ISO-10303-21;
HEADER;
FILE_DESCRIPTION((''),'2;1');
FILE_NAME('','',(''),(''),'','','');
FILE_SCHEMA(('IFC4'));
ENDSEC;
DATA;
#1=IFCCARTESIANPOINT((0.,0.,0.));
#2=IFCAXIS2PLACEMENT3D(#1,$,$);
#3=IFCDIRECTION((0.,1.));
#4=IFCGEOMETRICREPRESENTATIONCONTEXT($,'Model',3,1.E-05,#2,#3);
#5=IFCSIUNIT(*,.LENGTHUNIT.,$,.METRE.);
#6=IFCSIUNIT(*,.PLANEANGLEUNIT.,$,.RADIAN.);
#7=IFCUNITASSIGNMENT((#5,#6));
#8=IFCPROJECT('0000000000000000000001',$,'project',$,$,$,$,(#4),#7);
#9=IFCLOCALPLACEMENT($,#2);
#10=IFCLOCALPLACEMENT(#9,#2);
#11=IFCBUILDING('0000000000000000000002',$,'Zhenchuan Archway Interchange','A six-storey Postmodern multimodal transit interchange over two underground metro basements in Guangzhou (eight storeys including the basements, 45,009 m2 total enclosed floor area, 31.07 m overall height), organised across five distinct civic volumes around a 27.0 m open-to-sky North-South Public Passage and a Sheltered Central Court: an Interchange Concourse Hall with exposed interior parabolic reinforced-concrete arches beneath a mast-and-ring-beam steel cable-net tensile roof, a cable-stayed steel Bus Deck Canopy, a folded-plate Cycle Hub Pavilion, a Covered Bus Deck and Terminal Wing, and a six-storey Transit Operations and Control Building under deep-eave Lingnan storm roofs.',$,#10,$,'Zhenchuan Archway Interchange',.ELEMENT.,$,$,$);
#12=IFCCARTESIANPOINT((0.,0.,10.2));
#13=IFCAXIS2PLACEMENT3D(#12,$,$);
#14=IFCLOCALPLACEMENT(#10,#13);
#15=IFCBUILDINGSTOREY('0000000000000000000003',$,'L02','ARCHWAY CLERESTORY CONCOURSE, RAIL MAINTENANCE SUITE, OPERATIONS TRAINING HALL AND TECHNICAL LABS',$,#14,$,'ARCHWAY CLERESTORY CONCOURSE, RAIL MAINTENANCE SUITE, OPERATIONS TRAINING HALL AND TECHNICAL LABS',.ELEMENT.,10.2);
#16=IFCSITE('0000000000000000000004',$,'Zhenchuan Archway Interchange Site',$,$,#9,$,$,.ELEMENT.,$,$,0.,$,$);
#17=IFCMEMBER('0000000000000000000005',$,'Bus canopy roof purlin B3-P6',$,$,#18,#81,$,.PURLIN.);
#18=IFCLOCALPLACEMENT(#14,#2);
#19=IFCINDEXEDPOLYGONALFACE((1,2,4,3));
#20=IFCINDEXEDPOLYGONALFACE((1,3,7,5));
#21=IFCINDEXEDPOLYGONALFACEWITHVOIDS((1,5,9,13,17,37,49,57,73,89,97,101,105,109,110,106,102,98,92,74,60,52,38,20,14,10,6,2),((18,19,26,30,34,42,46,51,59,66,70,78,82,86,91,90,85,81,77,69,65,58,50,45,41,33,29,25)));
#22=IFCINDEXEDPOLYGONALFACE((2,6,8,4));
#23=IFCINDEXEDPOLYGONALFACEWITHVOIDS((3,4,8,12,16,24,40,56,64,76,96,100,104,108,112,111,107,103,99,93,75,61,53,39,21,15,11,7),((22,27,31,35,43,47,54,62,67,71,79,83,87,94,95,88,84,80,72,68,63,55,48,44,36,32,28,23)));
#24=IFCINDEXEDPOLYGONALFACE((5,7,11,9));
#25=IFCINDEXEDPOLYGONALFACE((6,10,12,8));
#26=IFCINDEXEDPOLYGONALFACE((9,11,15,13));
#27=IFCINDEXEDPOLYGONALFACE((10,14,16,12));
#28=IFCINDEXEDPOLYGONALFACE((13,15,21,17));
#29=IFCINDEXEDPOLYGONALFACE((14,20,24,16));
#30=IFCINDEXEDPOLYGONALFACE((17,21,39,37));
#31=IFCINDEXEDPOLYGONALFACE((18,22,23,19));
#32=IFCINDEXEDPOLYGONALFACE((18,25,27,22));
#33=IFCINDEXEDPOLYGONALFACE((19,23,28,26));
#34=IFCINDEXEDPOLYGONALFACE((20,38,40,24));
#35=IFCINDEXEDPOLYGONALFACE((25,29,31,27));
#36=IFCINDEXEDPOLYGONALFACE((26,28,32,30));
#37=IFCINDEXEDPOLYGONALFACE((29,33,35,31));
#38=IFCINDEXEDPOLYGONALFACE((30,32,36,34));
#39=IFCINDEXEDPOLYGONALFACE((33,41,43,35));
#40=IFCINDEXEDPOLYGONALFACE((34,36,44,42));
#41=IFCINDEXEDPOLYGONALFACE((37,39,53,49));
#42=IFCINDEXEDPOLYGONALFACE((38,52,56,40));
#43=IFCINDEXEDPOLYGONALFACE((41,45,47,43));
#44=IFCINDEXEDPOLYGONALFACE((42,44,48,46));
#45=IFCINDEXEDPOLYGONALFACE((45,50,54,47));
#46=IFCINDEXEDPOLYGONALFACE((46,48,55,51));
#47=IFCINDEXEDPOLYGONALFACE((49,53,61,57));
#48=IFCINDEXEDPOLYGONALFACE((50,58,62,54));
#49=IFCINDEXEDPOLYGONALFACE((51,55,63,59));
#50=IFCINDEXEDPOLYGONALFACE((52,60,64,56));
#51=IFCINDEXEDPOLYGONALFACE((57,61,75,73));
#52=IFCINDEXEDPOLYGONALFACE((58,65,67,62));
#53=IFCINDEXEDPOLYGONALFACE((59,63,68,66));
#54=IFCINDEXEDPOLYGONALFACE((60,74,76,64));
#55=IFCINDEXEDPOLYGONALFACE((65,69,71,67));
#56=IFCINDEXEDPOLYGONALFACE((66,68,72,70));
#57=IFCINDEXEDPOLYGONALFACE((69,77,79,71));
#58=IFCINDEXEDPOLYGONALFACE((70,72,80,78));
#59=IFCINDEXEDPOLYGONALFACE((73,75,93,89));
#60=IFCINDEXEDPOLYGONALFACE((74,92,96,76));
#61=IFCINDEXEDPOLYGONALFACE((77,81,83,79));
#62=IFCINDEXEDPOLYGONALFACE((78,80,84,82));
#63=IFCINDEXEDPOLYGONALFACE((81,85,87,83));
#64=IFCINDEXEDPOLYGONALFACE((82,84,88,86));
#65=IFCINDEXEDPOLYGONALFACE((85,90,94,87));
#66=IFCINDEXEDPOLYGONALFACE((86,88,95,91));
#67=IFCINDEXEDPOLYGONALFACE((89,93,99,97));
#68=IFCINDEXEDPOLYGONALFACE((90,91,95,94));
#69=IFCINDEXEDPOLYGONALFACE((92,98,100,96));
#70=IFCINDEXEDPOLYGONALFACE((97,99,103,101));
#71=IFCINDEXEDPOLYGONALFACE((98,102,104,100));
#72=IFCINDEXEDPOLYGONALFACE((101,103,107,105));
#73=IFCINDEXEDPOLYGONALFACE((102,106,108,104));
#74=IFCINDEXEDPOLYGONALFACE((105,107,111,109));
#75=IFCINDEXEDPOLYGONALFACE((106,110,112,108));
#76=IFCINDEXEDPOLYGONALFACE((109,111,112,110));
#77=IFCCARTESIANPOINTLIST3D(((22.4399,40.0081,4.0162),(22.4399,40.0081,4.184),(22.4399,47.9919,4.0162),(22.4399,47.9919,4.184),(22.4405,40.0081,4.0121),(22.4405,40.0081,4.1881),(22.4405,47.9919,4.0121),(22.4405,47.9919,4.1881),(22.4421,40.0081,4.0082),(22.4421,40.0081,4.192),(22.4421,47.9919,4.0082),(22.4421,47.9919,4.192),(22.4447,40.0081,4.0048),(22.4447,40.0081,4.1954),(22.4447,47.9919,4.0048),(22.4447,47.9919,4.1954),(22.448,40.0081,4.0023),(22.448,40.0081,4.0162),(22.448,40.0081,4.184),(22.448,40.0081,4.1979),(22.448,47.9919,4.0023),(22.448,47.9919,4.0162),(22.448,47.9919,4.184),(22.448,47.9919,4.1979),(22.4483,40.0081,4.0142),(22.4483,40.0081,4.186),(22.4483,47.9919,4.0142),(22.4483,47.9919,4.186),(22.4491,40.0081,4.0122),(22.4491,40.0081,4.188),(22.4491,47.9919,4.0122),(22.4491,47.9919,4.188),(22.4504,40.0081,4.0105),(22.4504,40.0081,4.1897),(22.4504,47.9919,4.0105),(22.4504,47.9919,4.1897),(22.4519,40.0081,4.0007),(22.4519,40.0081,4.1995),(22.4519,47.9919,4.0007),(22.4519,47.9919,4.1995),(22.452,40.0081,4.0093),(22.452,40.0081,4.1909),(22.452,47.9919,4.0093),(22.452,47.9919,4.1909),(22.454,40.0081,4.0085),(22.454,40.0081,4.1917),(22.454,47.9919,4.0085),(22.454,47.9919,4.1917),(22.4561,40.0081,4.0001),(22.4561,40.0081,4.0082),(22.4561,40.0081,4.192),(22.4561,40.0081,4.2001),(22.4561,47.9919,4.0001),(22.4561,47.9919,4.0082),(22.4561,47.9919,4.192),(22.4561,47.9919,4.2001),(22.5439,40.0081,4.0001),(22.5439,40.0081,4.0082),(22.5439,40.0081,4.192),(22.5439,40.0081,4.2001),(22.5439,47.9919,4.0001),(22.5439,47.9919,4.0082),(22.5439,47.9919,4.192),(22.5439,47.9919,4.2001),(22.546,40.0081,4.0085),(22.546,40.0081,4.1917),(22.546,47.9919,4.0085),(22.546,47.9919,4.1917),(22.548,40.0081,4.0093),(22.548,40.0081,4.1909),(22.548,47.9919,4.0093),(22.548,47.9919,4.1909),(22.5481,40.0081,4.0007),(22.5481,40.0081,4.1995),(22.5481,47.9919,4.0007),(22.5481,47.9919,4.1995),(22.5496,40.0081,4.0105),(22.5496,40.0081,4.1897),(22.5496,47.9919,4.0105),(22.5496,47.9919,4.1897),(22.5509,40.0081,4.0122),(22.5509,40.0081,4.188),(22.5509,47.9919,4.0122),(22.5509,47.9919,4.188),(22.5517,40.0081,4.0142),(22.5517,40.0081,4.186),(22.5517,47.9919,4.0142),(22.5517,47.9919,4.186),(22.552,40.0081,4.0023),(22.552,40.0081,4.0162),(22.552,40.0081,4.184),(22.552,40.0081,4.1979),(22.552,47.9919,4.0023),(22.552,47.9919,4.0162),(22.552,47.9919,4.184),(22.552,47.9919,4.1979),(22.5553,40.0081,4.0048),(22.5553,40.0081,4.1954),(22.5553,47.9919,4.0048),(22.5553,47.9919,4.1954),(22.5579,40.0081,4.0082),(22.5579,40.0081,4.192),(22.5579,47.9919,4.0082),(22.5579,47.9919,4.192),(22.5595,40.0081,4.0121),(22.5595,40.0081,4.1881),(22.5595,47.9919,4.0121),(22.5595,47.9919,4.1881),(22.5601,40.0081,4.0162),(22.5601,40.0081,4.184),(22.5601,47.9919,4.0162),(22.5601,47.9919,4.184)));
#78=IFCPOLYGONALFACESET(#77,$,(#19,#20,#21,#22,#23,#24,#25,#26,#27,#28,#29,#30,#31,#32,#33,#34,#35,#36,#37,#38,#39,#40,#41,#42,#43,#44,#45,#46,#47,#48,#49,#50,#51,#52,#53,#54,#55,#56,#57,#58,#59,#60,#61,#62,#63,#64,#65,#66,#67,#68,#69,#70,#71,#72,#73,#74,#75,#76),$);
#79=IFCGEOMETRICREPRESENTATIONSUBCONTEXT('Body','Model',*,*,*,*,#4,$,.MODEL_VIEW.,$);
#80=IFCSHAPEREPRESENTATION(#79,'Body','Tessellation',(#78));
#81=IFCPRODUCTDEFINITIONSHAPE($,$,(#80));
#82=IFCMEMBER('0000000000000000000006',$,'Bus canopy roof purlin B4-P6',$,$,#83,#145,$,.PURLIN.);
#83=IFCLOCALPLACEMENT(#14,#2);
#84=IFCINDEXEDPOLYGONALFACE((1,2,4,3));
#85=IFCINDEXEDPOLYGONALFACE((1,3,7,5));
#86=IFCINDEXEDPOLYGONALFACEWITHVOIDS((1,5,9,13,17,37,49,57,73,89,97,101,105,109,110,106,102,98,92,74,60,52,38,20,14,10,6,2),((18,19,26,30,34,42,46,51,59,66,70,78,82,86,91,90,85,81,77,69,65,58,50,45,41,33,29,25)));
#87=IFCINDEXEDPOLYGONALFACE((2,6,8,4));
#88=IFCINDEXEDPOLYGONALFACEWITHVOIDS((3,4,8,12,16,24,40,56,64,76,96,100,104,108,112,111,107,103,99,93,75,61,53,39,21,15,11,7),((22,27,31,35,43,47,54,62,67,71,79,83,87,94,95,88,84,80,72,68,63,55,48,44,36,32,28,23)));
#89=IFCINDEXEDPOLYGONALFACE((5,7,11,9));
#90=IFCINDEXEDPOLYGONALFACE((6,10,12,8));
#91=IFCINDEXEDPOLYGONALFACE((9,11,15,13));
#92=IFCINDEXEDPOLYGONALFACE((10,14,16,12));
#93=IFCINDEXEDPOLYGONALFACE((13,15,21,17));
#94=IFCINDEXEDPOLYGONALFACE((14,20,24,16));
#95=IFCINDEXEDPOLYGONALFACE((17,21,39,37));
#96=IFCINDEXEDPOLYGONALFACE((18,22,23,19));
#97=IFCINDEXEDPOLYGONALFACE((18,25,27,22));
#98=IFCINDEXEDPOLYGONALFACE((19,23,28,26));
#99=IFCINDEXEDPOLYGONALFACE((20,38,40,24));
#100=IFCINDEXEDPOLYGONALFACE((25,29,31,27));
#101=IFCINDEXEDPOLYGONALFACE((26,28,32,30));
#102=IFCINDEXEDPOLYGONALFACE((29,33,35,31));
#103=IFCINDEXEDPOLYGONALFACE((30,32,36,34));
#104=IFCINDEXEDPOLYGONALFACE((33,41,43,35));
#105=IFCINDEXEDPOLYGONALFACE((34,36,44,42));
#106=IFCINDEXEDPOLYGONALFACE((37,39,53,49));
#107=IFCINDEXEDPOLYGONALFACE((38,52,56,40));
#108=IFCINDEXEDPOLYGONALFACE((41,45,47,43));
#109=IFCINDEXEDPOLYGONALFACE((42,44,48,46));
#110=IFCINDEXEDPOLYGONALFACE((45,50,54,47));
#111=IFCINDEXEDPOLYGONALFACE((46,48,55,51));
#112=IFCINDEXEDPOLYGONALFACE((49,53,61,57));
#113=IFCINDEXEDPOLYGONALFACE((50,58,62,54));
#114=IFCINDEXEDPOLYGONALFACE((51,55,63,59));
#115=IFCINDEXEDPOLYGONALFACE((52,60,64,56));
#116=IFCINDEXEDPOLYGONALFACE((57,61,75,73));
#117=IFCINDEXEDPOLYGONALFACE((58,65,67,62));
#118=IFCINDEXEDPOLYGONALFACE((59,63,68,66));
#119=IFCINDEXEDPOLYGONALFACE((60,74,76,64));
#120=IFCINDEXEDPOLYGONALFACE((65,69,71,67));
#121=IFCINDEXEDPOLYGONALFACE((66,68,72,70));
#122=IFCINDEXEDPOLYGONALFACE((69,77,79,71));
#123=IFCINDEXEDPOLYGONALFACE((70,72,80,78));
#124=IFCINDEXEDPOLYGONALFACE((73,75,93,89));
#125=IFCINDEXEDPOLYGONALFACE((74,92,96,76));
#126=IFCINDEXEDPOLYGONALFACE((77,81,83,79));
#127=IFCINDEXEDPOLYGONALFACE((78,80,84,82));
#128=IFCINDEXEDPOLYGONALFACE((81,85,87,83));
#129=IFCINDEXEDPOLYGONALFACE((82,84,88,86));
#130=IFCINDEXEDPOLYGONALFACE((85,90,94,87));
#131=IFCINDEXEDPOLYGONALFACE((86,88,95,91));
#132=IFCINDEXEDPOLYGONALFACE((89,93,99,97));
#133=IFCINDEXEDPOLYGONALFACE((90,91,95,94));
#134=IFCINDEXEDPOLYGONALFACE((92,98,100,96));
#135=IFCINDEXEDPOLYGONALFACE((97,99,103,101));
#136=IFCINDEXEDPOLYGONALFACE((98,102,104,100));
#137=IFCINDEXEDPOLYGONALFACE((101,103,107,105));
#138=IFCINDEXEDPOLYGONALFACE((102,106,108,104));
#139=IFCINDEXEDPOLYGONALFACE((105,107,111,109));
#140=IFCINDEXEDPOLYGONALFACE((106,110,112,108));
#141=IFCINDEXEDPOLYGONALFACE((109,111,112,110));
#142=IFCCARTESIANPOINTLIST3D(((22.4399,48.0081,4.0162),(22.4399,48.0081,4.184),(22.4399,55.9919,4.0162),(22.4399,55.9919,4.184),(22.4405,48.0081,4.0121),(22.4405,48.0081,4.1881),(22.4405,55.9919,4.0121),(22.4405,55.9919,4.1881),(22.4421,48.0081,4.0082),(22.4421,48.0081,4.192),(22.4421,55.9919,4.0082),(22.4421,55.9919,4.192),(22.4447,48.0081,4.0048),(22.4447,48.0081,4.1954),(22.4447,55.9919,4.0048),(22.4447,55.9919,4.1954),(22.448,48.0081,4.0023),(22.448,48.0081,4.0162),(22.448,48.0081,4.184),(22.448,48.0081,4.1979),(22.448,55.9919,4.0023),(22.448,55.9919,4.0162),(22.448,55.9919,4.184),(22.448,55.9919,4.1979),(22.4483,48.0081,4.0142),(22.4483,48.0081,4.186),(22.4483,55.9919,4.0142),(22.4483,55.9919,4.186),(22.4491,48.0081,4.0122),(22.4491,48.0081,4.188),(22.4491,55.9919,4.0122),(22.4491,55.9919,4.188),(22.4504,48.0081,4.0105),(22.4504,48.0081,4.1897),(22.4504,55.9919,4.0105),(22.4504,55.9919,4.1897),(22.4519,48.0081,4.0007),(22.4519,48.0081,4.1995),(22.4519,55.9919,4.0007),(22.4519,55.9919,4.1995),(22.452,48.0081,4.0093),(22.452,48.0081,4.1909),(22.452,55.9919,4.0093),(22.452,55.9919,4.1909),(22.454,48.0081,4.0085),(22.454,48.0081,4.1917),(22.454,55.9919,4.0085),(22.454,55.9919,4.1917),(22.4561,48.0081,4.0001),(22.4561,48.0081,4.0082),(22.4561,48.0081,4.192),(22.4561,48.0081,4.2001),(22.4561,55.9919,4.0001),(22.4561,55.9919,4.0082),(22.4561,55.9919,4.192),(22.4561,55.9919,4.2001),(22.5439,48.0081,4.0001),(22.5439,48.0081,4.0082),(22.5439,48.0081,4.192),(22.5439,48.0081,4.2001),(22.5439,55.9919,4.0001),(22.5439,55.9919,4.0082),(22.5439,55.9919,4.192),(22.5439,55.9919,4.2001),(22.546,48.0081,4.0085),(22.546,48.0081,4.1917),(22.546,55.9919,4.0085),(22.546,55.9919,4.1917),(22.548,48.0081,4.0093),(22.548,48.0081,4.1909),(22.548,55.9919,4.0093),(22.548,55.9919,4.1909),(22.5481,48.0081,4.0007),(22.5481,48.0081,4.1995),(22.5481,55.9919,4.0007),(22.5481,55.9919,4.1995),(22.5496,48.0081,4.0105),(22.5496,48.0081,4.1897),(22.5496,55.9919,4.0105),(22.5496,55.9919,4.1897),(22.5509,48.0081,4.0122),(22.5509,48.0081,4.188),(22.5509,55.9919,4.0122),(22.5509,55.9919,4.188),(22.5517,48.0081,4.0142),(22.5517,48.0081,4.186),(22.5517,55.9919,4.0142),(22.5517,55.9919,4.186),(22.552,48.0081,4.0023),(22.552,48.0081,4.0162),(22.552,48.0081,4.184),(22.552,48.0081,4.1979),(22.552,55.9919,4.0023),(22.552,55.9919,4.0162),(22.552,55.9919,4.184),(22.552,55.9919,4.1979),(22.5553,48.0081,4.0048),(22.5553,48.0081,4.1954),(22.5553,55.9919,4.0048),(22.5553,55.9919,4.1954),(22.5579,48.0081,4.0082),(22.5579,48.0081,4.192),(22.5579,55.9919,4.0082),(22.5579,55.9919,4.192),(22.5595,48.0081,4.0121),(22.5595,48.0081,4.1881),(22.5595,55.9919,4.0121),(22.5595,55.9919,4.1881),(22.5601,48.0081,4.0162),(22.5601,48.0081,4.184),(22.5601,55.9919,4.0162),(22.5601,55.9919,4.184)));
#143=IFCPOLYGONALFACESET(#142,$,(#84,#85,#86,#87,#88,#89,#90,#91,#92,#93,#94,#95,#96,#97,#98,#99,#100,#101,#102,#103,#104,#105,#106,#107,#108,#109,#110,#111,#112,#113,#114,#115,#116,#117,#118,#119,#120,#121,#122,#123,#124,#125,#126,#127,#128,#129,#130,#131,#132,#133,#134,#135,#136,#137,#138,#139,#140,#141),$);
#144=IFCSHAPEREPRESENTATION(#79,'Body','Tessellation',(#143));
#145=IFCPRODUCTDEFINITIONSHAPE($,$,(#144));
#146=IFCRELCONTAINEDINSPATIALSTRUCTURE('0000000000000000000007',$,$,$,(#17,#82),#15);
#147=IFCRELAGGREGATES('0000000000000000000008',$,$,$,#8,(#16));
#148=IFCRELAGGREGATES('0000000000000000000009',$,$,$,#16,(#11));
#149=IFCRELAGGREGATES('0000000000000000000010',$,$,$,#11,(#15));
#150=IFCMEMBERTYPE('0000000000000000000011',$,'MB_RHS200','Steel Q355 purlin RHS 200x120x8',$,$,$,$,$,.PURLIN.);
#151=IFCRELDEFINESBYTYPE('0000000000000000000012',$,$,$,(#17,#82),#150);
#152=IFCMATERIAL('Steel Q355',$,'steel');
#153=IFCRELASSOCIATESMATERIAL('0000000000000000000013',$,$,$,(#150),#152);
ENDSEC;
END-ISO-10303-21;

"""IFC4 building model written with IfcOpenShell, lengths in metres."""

from ifc_helpers import new_model, si_unit, direction, frame, origin, origin_2d, place, context, subcontext, project, spatial, hollow_rectangle, extrude, material, material_profile, profile_set, type_object, element, save


model = new_model("IFC4")

# Units and contexts
model_context = context("Model", 3, precision=1e-05, world=origin(), true_north=direction((0.0, 1.0)))
body_context = subcontext(model_context, "Body", "Model", "MODEL_VIEW")
ifc_project = project(units=[si_unit("LENGTHUNIT", "METRE"), si_unit("PLANEANGLEUNIT", "RADIAN")], contexts=[model_context])

# Site, building, storey
site_placement = place(None, origin())
site = spatial("IfcSite", under=ifc_project, at=site_placement, Name="Zhenchuan Archway Interchange Site", CompositionType="ELEMENT", RefElevation=0.0)
building_placement = place(site_placement, origin())
building = spatial("IfcBuilding", under=site, at=building_placement, Name="Zhenchuan Archway Interchange", Description="A six-storey Postmodern multimodal transit interchange over two underground metro basements in Guangzhou (eight storeys including the basements, 45,009 m2 total enclosed floor area, 31.07 m overall height), organised across five distinct civic volumes around a 27.0 m open-to-sky North-South Public Passage and a Sheltered Central Court: an Interchange Concourse Hall with exposed interior parabolic reinforced-concrete arches beneath a mast-and-ring-beam steel cable-net tensile roof, a cable-stayed steel Bus Deck Canopy, a folded-plate Cycle Hub Pavilion, a Covered Bus Deck and Terminal Wing, and a six-storey Transit Operations and Control Building under deep-eave Lingnan storm roofs.", LongName="Zhenchuan Archway Interchange", CompositionType="ELEMENT")
storey_placement = place(building_placement, frame((0.0, 0.0, 10.2)))
storey = spatial("IfcBuildingStorey", under=building, at=storey_placement, Name="L02", Description="ARCHWAY CLERESTORY CONCOURSE, RAIL MAINTENANCE SUITE, OPERATIONS TRAINING HALL AND TECHNICAL LABS", LongName="ARCHWAY CLERESTORY CONCOURSE, RAIL MAINTENANCE SUITE, OPERATIONS TRAINING HALL AND TECHNICAL LABS", CompositionType="ELEMENT", Elevation=10.2)

# Shared definitions
ifc_material_1 = material(Name="Steel Q355", Category="steel")

# Members
ifc_material_profile_1 = material_profile(ifc_material_1, hollow_rectangle(XDim=0.1201, YDim=0.2, WallThickness=0.0081, InnerFilletRadius=0.0081, OuterFilletRadius=0.0161, at=origin_2d()), Name="RHS 200x120x8")
ifc_profile_set_1 = profile_set([ifc_material_profile_1], Name="Steel Q355")
member_type_1 = type_object("IfcMemberType", Name="MB_RHS200", Description="Steel Q355 purlin RHS 200x120x8", PredefinedType="PURLIN", material=ifc_profile_set_1)
for number, where, z_axis, x_axis, name in (
    (1, (22.5, 40.0081, 4.1001), (0.0, 1.0, 0.0), (-1.0, 0.0, 0.0), "Bus canopy roof purlin B3-P6"),
    (2, (22.5, 48.0081, 4.1001), (0.0, 1.0, 0.0), (-1.0, 0.0, 0.0), "Bus canopy roof purlin B4-P6"),
):
    element("IfcMember", number, at=place(storey_placement, frame(where, z_axis=z_axis, x_axis=x_axis)), inside=storey, type_object=member_type_1, Name=name, PredefinedType="PURLIN", context=body_context, shape_type="SweptSolid", body=[
        extrude(hollow_rectangle(XDim=0.1201, YDim=0.2, WallThickness=0.0081, InnerFilletRadius=0.0081, OuterFilletRadius=0.0161, at=origin_2d()), origin(), (0.0, 0.0, 1.0), 7.9839),
    ])

save(model, "model.ifc")
